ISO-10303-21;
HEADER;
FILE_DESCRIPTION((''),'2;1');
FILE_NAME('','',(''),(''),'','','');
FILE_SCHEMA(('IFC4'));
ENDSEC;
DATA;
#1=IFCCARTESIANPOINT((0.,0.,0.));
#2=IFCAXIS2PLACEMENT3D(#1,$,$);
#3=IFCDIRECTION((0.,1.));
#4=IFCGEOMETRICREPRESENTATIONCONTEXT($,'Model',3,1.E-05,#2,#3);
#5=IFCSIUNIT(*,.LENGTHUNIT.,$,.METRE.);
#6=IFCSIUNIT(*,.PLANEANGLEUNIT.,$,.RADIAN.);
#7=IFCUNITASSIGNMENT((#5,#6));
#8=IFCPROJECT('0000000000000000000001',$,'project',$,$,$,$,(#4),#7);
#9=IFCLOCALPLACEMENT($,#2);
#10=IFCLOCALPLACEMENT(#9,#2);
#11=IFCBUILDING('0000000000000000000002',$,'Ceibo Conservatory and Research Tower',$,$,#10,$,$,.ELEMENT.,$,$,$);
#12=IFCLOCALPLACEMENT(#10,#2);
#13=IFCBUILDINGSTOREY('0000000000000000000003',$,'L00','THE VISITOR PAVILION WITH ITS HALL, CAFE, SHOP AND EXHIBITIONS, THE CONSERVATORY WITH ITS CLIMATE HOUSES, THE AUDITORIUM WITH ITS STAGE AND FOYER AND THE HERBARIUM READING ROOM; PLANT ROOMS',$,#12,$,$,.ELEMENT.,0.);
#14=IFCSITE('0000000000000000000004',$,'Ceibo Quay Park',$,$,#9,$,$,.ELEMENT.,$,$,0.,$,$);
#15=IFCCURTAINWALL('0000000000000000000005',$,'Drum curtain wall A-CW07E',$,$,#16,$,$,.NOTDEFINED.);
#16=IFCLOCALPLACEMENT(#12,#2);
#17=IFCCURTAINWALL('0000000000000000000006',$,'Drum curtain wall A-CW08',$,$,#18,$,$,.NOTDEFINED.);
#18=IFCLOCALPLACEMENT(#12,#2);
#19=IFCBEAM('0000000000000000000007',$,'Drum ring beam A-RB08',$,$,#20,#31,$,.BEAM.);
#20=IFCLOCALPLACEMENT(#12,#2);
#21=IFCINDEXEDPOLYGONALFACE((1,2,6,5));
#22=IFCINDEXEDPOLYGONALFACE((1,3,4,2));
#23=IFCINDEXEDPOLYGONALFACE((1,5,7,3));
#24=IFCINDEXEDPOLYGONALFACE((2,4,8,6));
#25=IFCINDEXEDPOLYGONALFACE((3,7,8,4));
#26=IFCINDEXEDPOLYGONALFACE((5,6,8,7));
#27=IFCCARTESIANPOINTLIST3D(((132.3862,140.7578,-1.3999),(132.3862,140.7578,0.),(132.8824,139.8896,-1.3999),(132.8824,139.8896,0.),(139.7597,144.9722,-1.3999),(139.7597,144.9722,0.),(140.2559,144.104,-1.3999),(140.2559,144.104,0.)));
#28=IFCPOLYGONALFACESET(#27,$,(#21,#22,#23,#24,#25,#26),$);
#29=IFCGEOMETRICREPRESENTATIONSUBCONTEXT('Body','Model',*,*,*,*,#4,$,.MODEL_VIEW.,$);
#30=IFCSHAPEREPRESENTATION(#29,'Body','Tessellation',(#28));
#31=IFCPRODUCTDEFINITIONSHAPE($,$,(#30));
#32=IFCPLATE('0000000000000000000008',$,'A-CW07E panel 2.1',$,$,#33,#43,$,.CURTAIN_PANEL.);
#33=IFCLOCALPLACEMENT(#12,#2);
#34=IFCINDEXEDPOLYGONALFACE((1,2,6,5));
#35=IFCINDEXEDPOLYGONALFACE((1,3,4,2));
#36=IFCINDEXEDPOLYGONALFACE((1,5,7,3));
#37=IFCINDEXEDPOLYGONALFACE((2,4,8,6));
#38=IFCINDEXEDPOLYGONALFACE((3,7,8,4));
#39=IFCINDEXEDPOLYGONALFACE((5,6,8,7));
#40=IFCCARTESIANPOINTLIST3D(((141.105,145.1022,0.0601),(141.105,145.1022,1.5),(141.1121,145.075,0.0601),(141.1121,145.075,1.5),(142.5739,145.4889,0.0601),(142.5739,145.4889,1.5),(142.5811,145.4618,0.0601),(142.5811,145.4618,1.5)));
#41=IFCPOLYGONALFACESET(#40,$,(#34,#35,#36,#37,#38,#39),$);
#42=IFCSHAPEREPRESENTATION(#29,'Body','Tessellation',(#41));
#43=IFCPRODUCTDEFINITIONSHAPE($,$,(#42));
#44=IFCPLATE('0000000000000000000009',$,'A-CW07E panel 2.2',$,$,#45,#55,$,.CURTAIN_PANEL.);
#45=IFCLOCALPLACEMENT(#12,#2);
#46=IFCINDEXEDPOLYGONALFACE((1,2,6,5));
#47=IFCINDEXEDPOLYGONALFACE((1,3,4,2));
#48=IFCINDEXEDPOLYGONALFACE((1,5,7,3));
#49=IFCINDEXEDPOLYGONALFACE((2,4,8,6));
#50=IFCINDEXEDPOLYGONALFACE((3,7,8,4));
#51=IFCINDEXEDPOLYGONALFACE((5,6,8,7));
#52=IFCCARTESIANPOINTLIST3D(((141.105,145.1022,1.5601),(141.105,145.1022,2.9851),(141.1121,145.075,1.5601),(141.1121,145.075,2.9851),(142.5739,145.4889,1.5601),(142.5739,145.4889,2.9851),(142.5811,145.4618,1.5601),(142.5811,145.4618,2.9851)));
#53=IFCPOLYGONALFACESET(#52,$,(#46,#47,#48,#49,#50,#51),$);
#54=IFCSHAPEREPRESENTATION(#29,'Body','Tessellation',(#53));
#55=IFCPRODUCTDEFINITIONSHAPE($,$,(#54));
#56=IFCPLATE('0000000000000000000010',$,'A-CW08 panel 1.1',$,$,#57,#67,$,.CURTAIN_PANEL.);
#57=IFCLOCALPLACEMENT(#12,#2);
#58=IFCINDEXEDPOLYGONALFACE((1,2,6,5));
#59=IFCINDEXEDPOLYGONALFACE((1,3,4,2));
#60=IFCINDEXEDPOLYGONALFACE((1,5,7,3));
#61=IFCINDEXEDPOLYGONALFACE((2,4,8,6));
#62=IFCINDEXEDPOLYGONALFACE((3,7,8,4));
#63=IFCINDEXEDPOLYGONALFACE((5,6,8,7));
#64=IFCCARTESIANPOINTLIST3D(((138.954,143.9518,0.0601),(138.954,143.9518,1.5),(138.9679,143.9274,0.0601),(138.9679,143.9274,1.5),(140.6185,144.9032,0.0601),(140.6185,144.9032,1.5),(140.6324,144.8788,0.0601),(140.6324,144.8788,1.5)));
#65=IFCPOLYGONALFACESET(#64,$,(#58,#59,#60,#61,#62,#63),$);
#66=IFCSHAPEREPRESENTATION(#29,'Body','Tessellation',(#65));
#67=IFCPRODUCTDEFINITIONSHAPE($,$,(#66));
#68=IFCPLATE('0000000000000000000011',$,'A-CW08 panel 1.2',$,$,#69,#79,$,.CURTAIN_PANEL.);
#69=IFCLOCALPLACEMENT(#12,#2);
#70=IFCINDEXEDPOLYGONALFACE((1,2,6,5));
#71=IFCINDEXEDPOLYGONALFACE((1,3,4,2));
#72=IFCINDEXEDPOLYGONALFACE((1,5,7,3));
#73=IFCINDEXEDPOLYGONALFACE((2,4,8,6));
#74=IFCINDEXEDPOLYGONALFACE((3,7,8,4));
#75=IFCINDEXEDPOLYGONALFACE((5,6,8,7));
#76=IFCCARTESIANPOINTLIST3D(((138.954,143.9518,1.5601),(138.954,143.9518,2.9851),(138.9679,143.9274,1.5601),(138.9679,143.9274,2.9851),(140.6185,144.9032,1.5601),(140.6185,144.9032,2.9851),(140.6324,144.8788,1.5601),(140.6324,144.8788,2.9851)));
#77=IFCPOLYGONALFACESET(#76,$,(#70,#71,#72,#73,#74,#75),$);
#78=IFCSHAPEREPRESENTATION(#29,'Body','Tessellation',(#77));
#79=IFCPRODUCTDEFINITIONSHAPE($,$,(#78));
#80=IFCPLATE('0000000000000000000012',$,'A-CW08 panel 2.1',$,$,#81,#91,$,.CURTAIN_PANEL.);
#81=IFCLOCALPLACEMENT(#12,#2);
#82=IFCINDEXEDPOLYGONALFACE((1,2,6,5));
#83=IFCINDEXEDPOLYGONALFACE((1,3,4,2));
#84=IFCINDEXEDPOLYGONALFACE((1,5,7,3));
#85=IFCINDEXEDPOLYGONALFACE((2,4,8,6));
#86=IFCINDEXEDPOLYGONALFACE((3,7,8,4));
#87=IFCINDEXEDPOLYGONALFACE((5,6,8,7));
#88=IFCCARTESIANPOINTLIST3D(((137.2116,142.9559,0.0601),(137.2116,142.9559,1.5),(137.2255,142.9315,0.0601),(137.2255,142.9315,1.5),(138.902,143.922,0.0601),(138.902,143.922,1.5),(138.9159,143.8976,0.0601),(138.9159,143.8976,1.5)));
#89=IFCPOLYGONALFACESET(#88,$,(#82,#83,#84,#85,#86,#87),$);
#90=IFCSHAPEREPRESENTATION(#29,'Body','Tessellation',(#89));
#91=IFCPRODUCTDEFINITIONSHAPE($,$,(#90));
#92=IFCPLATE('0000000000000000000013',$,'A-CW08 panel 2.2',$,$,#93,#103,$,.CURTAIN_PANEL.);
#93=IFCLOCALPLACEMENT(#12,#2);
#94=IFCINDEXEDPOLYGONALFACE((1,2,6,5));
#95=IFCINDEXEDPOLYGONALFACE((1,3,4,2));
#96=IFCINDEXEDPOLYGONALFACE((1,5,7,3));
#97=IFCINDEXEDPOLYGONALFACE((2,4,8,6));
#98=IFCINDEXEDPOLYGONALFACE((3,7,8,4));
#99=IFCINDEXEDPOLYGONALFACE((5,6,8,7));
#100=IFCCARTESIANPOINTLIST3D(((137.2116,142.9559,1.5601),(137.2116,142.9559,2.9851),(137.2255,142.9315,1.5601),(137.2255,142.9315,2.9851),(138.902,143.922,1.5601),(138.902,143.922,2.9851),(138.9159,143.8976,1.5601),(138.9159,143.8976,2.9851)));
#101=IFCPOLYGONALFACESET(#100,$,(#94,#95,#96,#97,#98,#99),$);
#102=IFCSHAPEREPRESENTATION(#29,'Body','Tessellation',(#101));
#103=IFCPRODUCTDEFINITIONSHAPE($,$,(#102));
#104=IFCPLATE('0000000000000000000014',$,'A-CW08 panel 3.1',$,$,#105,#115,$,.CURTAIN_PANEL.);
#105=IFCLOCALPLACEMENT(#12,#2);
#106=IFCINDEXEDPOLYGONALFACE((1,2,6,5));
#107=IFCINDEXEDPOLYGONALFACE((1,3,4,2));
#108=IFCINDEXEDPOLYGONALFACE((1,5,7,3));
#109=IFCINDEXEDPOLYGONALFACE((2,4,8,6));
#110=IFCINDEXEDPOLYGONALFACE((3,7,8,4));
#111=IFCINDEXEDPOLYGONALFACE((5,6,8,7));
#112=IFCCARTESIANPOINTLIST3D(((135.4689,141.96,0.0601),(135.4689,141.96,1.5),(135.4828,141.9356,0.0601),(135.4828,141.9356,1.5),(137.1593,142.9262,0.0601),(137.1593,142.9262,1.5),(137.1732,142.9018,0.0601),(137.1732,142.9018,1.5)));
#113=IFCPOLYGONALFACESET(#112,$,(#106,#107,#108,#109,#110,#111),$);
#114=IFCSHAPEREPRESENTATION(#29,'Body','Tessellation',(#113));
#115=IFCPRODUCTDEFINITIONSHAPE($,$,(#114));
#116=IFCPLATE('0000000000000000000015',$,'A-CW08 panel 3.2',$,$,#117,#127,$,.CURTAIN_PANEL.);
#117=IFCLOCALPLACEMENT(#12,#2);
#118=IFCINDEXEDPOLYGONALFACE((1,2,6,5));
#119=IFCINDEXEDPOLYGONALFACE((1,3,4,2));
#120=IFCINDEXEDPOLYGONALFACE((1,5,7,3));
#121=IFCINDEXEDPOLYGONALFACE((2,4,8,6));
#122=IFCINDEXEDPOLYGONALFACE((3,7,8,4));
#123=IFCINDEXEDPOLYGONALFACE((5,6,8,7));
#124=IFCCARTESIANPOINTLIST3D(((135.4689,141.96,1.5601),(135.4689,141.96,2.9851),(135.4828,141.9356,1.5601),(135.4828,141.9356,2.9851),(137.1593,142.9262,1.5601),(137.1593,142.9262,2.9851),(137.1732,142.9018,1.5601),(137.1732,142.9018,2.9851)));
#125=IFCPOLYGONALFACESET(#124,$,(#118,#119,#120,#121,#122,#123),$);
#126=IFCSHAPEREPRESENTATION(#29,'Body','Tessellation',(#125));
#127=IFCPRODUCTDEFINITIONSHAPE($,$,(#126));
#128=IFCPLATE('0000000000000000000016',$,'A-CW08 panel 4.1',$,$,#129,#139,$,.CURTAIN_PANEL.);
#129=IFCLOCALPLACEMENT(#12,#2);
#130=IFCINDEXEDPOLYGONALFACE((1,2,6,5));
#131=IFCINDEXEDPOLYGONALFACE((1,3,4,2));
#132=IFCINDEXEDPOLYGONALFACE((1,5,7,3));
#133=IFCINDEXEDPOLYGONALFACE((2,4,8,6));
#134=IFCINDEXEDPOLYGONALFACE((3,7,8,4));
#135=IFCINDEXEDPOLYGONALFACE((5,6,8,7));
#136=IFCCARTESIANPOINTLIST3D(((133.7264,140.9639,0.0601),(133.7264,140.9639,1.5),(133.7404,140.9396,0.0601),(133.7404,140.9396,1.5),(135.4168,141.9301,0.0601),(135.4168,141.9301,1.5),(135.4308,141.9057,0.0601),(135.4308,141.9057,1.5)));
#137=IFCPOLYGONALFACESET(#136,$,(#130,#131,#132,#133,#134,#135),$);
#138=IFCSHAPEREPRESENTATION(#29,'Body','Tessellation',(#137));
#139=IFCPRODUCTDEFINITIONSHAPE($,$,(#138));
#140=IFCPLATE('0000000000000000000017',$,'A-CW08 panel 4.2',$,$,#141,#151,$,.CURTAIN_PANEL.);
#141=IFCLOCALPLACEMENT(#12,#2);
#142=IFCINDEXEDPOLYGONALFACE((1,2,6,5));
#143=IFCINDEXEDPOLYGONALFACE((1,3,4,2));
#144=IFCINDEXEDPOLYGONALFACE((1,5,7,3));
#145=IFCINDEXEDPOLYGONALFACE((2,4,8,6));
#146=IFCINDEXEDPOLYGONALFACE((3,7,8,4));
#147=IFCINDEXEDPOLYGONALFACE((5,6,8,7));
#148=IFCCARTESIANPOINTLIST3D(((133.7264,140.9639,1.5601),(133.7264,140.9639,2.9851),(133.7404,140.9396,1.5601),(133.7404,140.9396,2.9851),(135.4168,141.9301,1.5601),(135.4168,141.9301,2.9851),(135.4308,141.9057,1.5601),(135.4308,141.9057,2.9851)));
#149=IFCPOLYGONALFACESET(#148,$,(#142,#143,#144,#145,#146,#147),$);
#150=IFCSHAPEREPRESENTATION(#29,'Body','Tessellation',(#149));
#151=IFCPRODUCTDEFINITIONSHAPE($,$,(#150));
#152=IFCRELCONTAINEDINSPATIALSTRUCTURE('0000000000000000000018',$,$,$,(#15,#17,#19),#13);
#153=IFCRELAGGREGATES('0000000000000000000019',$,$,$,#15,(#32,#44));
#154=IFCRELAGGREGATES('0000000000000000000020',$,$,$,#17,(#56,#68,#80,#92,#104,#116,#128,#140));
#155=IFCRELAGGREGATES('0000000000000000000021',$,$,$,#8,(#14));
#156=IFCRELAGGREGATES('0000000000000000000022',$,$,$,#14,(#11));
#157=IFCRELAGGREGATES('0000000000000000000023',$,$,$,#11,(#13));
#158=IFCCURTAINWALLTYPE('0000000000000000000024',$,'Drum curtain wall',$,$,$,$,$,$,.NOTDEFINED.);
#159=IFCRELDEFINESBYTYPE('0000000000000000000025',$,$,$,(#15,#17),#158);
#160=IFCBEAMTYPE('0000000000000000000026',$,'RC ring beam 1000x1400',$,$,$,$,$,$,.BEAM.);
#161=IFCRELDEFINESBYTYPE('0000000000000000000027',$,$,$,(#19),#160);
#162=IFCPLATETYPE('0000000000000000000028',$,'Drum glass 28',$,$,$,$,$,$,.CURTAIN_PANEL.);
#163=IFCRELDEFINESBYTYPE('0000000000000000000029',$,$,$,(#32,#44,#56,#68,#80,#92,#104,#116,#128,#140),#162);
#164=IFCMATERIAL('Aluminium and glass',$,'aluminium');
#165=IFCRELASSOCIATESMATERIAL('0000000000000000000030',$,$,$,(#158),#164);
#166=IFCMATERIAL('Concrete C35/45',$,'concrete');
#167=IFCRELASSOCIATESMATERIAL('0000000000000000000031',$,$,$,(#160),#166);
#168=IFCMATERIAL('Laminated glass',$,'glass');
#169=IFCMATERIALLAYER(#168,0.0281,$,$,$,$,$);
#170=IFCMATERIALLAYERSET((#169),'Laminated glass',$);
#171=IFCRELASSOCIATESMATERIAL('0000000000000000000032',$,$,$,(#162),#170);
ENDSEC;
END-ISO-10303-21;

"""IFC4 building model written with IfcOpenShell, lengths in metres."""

from ifc_helpers import new_model, si_unit, direction, frame, origin, origin_2d, place, context, subcontext, project, spatial, rectangle, extrude, material, layer, layer_set, material_profile, profile_set, type_object, element, aggregate, save


model = new_model("IFC4")

# Units and contexts
model_context = context("Model", 3, precision=1e-05, world=origin(), true_north=direction((0.0, 1.0)))
body_context = subcontext(model_context, "Body", "Model", "MODEL_VIEW")
ifc_project = project(units=[si_unit("LENGTHUNIT", "METRE"), si_unit("PLANEANGLEUNIT", "RADIAN")], contexts=[model_context])

# Site, building, storey
site_placement = place(None, origin())
site = spatial("IfcSite", under=ifc_project, at=site_placement, Name="Ceibo Quay Park", CompositionType="ELEMENT", RefElevation=0.0)
building_placement = place(site_placement, origin())
building = spatial("IfcBuilding", under=site, at=building_placement, Name="Ceibo Conservatory and Research Tower", CompositionType="ELEMENT")
storey_placement = place(building_placement, origin())
storey = spatial("IfcBuildingStorey", under=building, at=storey_placement, Name="L00", Description="THE VISITOR PAVILION WITH ITS HALL, CAFE, SHOP AND EXHIBITIONS, THE CONSERVATORY WITH ITS CLIMATE HOUSES, THE AUDITORIUM WITH ITS STAGE AND FOYER AND THE HERBARIUM READING ROOM; PLANT ROOMS", CompositionType="ELEMENT", Elevation=0.0)

# Shared definitions
ifc_material_1 = material(Name="Concrete C35/45", Category="concrete")

# Curtain wall
ifc_material_2 = material(Name="Aluminium and glass", Category="aluminium")
curtain_wall_type = type_object("IfcCurtainWallType", Name="Drum curtain wall", PredefinedType="NOTDEFINED", material=ifc_material_2)
curtain_wall_1_placement = place(storey_placement, origin())
curtain_wall_1 = element("IfcCurtainWall", 1, at=curtain_wall_1_placement, inside=storey, type_object=curtain_wall_type, Name="Drum curtain wall A-CW07E", PredefinedType="NOTDEFINED")

# Curtain wall
curtain_wall_2_placement = place(storey_placement, origin())
curtain_wall_2 = element("IfcCurtainWall", 2, at=curtain_wall_2_placement, inside=storey, type_object=curtain_wall_type, Name="Drum curtain wall A-CW08", PredefinedType="NOTDEFINED")

# Beam
ifc_material_profile_1 = material_profile(ifc_material_1, rectangle(XDim=1.0, YDim=1.3999, at=origin_2d()), Name="RC 1000x1400")
ifc_profile_set_1 = profile_set([ifc_material_profile_1], Name="Concrete C35/45")
beam_type = type_object("IfcBeamType", Name="RC ring beam 1000x1400", PredefinedType="BEAM", material=ifc_profile_set_1)
beam_placement = place(storey_placement, frame((140.0078, 144.5381, -0.7), z_axis=(-0.868197, -0.496219, 0.0), x_axis=(0.496219, -0.868197, 0.0)))
element("IfcBeam", 3, at=beam_placement, inside=storey, type_object=beam_type, Name="Drum ring beam A-RB08", PredefinedType="BEAM", context=body_context, shape_type="SweptSolid", body=[
    extrude(rectangle(XDim=1.0, YDim=1.3999, at=origin_2d()), origin(), (0.0, 0.0, 1.0), 8.4929),
])

# Plates
ifc_material_3 = material(Name="Laminated glass", Category="glass")
ifc_layer_1 = layer(ifc_material_3, 0.0281)
ifc_layer_set_1 = layer_set([ifc_layer_1], Name="Laminated glass")
plate_type = type_object("IfcPlateType", Name="Drum glass 28", PredefinedType="CURTAIN_PANEL", material=ifc_layer_set_1)
plate_1_placement = place(storey_placement, frame((141.843, 145.282, 0.0601), z_axis=(0.0, 0.0, 1.0), x_axis=(-0.967046, -0.254602, 0.0)))
plate_1 = element("IfcPlate", 4, at=plate_1_placement, type_object=plate_type, Name="A-CW07E panel 2.1", PredefinedType="CURTAIN_PANEL", context=body_context, shape_type="SweptSolid", body=[
    extrude(rectangle(XDim=1.519, YDim=0.0281, at=origin_2d()), origin(), (0.0, 0.0, 1.0), 1.4399),
])
plate_2_placement = place(storey_placement, frame((141.843, 145.282, 1.5601), z_axis=(0.0, 0.0, 1.0), x_axis=(-0.967046, -0.254602, 0.0)))
plate_2 = element("IfcPlate", 5, at=plate_2_placement, type_object=plate_type, Name="A-CW07E panel 2.2", PredefinedType="CURTAIN_PANEL", context=body_context, shape_type="SweptSolid", body=[
    extrude(rectangle(XDim=1.519, YDim=0.0281, at=origin_2d()), origin(), (0.0, 0.0, 1.0), 1.425),
])
aggregate(curtain_wall_1, [plate_1, plate_2])
plate_3_placement = place(storey_placement, frame((139.7932, 144.4153, 0.0601), z_axis=(0.0, 0.0, 1.0), x_axis=(-0.868199, -0.496216, 0.0)))
plate_3 = element("IfcPlate", 6, at=plate_3_placement, type_object=plate_type, Name="A-CW08 panel 1.1", PredefinedType="CURTAIN_PANEL", context=body_context, shape_type="SweptSolid", body=[
    extrude(rectangle(XDim=1.9172, YDim=0.0281, at=origin_2d()), origin(), (0.0, 0.0, 1.0), 1.4399),
])
plate_4_placement = place(storey_placement, frame((139.7932, 144.4153, 1.5601), z_axis=(0.0, 0.0, 1.0), x_axis=(-0.868199, -0.496216, 0.0)))
plate_4 = element("IfcPlate", 7, at=plate_4_placement, type_object=plate_type, Name="A-CW08 panel 1.2", PredefinedType="CURTAIN_PANEL", context=body_context, shape_type="SweptSolid", body=[
    extrude(rectangle(XDim=1.9172, YDim=0.0281, at=origin_2d()), origin(), (0.0, 0.0, 1.0), 1.425),
])
plate_5_placement = place(storey_placement, frame((138.0637, 143.4268, 0.0601), z_axis=(0.0, 0.0, 1.0), x_axis=(-0.868199, -0.496216, 0.0)))
plate_5 = element("IfcPlate", 8, at=plate_5_placement, type_object=plate_type, Name="A-CW08 panel 2.1", PredefinedType="CURTAIN_PANEL", context=body_context, shape_type="SweptSolid", body=[
    extrude(rectangle(XDim=1.947, YDim=0.0281, at=origin_2d()), origin(), (0.0, 0.0, 1.0), 1.4399),
])
plate_6_placement = place(storey_placement, frame((138.0637, 143.4268, 1.5601), z_axis=(0.0, 0.0, 1.0), x_axis=(-0.868199, -0.496216, 0.0)))
plate_6 = element("IfcPlate", 9, at=plate_6_placement, type_object=plate_type, Name="A-CW08 panel 2.2", PredefinedType="CURTAIN_PANEL", context=body_context, shape_type="SweptSolid", body=[
    extrude(rectangle(XDim=1.947, YDim=0.0281, at=origin_2d()), origin(), (0.0, 0.0, 1.0), 1.425),
])
plate_7_placement = place(storey_placement, frame((136.321, 142.4309, 0.0601), z_axis=(0.0, 0.0, 1.0), x_axis=(-0.868199, -0.496216, 0.0)))
plate_7 = element("IfcPlate", 10, at=plate_7_placement, type_object=plate_type, Name="A-CW08 panel 3.1", PredefinedType="CURTAIN_PANEL", context=body_context, shape_type="SweptSolid", body=[
    extrude(rectangle(XDim=1.947, YDim=0.0281, at=origin_2d()), origin(), (0.0, 0.0, 1.0), 1.4399),
])
plate_8_placement = place(storey_placement, frame((136.321, 142.4309, 1.5601), z_axis=(0.0, 0.0, 1.0), x_axis=(-0.868199, -0.496216, 0.0)))
plate_8 = element("IfcPlate", 11, at=plate_8_placement, type_object=plate_type, Name="A-CW08 panel 3.2", PredefinedType="CURTAIN_PANEL", context=body_context, shape_type="SweptSolid", body=[
    extrude(rectangle(XDim=1.947, YDim=0.0281, at=origin_2d()), origin(), (0.0, 0.0, 1.0), 1.425),
])
plate_9_placement = place(storey_placement, frame((134.5786, 141.4348, 0.0601), z_axis=(0.0, 0.0, 1.0), x_axis=(-0.868199, -0.496216, 0.0)))
plate_9 = element("IfcPlate", 12, at=plate_9_placement, type_object=plate_type, Name="A-CW08 panel 4.1", PredefinedType="CURTAIN_PANEL", context=body_context, shape_type="SweptSolid", body=[
    extrude(rectangle(XDim=1.947, YDim=0.0281, at=origin_2d()), origin(), (0.0, 0.0, 1.0), 1.4399),
])
plate_10_placement = place(storey_placement, frame((134.5786, 141.4348, 1.5601), z_axis=(0.0, 0.0, 1.0), x_axis=(-0.868199, -0.496216, 0.0)))
plate_10 = element("IfcPlate", 13, at=plate_10_placement, type_object=plate_type, Name="A-CW08 panel 4.2", PredefinedType="CURTAIN_PANEL", context=body_context, shape_type="SweptSolid", body=[
    extrude(rectangle(XDim=1.947, YDim=0.0281, at=origin_2d()), origin(), (0.0, 0.0, 1.0), 1.425),
])
aggregate(curtain_wall_2, [plate_3, plate_4, plate_5, plate_6, plate_7, plate_8, plate_9, plate_10])

save(model, "model.ifc")
